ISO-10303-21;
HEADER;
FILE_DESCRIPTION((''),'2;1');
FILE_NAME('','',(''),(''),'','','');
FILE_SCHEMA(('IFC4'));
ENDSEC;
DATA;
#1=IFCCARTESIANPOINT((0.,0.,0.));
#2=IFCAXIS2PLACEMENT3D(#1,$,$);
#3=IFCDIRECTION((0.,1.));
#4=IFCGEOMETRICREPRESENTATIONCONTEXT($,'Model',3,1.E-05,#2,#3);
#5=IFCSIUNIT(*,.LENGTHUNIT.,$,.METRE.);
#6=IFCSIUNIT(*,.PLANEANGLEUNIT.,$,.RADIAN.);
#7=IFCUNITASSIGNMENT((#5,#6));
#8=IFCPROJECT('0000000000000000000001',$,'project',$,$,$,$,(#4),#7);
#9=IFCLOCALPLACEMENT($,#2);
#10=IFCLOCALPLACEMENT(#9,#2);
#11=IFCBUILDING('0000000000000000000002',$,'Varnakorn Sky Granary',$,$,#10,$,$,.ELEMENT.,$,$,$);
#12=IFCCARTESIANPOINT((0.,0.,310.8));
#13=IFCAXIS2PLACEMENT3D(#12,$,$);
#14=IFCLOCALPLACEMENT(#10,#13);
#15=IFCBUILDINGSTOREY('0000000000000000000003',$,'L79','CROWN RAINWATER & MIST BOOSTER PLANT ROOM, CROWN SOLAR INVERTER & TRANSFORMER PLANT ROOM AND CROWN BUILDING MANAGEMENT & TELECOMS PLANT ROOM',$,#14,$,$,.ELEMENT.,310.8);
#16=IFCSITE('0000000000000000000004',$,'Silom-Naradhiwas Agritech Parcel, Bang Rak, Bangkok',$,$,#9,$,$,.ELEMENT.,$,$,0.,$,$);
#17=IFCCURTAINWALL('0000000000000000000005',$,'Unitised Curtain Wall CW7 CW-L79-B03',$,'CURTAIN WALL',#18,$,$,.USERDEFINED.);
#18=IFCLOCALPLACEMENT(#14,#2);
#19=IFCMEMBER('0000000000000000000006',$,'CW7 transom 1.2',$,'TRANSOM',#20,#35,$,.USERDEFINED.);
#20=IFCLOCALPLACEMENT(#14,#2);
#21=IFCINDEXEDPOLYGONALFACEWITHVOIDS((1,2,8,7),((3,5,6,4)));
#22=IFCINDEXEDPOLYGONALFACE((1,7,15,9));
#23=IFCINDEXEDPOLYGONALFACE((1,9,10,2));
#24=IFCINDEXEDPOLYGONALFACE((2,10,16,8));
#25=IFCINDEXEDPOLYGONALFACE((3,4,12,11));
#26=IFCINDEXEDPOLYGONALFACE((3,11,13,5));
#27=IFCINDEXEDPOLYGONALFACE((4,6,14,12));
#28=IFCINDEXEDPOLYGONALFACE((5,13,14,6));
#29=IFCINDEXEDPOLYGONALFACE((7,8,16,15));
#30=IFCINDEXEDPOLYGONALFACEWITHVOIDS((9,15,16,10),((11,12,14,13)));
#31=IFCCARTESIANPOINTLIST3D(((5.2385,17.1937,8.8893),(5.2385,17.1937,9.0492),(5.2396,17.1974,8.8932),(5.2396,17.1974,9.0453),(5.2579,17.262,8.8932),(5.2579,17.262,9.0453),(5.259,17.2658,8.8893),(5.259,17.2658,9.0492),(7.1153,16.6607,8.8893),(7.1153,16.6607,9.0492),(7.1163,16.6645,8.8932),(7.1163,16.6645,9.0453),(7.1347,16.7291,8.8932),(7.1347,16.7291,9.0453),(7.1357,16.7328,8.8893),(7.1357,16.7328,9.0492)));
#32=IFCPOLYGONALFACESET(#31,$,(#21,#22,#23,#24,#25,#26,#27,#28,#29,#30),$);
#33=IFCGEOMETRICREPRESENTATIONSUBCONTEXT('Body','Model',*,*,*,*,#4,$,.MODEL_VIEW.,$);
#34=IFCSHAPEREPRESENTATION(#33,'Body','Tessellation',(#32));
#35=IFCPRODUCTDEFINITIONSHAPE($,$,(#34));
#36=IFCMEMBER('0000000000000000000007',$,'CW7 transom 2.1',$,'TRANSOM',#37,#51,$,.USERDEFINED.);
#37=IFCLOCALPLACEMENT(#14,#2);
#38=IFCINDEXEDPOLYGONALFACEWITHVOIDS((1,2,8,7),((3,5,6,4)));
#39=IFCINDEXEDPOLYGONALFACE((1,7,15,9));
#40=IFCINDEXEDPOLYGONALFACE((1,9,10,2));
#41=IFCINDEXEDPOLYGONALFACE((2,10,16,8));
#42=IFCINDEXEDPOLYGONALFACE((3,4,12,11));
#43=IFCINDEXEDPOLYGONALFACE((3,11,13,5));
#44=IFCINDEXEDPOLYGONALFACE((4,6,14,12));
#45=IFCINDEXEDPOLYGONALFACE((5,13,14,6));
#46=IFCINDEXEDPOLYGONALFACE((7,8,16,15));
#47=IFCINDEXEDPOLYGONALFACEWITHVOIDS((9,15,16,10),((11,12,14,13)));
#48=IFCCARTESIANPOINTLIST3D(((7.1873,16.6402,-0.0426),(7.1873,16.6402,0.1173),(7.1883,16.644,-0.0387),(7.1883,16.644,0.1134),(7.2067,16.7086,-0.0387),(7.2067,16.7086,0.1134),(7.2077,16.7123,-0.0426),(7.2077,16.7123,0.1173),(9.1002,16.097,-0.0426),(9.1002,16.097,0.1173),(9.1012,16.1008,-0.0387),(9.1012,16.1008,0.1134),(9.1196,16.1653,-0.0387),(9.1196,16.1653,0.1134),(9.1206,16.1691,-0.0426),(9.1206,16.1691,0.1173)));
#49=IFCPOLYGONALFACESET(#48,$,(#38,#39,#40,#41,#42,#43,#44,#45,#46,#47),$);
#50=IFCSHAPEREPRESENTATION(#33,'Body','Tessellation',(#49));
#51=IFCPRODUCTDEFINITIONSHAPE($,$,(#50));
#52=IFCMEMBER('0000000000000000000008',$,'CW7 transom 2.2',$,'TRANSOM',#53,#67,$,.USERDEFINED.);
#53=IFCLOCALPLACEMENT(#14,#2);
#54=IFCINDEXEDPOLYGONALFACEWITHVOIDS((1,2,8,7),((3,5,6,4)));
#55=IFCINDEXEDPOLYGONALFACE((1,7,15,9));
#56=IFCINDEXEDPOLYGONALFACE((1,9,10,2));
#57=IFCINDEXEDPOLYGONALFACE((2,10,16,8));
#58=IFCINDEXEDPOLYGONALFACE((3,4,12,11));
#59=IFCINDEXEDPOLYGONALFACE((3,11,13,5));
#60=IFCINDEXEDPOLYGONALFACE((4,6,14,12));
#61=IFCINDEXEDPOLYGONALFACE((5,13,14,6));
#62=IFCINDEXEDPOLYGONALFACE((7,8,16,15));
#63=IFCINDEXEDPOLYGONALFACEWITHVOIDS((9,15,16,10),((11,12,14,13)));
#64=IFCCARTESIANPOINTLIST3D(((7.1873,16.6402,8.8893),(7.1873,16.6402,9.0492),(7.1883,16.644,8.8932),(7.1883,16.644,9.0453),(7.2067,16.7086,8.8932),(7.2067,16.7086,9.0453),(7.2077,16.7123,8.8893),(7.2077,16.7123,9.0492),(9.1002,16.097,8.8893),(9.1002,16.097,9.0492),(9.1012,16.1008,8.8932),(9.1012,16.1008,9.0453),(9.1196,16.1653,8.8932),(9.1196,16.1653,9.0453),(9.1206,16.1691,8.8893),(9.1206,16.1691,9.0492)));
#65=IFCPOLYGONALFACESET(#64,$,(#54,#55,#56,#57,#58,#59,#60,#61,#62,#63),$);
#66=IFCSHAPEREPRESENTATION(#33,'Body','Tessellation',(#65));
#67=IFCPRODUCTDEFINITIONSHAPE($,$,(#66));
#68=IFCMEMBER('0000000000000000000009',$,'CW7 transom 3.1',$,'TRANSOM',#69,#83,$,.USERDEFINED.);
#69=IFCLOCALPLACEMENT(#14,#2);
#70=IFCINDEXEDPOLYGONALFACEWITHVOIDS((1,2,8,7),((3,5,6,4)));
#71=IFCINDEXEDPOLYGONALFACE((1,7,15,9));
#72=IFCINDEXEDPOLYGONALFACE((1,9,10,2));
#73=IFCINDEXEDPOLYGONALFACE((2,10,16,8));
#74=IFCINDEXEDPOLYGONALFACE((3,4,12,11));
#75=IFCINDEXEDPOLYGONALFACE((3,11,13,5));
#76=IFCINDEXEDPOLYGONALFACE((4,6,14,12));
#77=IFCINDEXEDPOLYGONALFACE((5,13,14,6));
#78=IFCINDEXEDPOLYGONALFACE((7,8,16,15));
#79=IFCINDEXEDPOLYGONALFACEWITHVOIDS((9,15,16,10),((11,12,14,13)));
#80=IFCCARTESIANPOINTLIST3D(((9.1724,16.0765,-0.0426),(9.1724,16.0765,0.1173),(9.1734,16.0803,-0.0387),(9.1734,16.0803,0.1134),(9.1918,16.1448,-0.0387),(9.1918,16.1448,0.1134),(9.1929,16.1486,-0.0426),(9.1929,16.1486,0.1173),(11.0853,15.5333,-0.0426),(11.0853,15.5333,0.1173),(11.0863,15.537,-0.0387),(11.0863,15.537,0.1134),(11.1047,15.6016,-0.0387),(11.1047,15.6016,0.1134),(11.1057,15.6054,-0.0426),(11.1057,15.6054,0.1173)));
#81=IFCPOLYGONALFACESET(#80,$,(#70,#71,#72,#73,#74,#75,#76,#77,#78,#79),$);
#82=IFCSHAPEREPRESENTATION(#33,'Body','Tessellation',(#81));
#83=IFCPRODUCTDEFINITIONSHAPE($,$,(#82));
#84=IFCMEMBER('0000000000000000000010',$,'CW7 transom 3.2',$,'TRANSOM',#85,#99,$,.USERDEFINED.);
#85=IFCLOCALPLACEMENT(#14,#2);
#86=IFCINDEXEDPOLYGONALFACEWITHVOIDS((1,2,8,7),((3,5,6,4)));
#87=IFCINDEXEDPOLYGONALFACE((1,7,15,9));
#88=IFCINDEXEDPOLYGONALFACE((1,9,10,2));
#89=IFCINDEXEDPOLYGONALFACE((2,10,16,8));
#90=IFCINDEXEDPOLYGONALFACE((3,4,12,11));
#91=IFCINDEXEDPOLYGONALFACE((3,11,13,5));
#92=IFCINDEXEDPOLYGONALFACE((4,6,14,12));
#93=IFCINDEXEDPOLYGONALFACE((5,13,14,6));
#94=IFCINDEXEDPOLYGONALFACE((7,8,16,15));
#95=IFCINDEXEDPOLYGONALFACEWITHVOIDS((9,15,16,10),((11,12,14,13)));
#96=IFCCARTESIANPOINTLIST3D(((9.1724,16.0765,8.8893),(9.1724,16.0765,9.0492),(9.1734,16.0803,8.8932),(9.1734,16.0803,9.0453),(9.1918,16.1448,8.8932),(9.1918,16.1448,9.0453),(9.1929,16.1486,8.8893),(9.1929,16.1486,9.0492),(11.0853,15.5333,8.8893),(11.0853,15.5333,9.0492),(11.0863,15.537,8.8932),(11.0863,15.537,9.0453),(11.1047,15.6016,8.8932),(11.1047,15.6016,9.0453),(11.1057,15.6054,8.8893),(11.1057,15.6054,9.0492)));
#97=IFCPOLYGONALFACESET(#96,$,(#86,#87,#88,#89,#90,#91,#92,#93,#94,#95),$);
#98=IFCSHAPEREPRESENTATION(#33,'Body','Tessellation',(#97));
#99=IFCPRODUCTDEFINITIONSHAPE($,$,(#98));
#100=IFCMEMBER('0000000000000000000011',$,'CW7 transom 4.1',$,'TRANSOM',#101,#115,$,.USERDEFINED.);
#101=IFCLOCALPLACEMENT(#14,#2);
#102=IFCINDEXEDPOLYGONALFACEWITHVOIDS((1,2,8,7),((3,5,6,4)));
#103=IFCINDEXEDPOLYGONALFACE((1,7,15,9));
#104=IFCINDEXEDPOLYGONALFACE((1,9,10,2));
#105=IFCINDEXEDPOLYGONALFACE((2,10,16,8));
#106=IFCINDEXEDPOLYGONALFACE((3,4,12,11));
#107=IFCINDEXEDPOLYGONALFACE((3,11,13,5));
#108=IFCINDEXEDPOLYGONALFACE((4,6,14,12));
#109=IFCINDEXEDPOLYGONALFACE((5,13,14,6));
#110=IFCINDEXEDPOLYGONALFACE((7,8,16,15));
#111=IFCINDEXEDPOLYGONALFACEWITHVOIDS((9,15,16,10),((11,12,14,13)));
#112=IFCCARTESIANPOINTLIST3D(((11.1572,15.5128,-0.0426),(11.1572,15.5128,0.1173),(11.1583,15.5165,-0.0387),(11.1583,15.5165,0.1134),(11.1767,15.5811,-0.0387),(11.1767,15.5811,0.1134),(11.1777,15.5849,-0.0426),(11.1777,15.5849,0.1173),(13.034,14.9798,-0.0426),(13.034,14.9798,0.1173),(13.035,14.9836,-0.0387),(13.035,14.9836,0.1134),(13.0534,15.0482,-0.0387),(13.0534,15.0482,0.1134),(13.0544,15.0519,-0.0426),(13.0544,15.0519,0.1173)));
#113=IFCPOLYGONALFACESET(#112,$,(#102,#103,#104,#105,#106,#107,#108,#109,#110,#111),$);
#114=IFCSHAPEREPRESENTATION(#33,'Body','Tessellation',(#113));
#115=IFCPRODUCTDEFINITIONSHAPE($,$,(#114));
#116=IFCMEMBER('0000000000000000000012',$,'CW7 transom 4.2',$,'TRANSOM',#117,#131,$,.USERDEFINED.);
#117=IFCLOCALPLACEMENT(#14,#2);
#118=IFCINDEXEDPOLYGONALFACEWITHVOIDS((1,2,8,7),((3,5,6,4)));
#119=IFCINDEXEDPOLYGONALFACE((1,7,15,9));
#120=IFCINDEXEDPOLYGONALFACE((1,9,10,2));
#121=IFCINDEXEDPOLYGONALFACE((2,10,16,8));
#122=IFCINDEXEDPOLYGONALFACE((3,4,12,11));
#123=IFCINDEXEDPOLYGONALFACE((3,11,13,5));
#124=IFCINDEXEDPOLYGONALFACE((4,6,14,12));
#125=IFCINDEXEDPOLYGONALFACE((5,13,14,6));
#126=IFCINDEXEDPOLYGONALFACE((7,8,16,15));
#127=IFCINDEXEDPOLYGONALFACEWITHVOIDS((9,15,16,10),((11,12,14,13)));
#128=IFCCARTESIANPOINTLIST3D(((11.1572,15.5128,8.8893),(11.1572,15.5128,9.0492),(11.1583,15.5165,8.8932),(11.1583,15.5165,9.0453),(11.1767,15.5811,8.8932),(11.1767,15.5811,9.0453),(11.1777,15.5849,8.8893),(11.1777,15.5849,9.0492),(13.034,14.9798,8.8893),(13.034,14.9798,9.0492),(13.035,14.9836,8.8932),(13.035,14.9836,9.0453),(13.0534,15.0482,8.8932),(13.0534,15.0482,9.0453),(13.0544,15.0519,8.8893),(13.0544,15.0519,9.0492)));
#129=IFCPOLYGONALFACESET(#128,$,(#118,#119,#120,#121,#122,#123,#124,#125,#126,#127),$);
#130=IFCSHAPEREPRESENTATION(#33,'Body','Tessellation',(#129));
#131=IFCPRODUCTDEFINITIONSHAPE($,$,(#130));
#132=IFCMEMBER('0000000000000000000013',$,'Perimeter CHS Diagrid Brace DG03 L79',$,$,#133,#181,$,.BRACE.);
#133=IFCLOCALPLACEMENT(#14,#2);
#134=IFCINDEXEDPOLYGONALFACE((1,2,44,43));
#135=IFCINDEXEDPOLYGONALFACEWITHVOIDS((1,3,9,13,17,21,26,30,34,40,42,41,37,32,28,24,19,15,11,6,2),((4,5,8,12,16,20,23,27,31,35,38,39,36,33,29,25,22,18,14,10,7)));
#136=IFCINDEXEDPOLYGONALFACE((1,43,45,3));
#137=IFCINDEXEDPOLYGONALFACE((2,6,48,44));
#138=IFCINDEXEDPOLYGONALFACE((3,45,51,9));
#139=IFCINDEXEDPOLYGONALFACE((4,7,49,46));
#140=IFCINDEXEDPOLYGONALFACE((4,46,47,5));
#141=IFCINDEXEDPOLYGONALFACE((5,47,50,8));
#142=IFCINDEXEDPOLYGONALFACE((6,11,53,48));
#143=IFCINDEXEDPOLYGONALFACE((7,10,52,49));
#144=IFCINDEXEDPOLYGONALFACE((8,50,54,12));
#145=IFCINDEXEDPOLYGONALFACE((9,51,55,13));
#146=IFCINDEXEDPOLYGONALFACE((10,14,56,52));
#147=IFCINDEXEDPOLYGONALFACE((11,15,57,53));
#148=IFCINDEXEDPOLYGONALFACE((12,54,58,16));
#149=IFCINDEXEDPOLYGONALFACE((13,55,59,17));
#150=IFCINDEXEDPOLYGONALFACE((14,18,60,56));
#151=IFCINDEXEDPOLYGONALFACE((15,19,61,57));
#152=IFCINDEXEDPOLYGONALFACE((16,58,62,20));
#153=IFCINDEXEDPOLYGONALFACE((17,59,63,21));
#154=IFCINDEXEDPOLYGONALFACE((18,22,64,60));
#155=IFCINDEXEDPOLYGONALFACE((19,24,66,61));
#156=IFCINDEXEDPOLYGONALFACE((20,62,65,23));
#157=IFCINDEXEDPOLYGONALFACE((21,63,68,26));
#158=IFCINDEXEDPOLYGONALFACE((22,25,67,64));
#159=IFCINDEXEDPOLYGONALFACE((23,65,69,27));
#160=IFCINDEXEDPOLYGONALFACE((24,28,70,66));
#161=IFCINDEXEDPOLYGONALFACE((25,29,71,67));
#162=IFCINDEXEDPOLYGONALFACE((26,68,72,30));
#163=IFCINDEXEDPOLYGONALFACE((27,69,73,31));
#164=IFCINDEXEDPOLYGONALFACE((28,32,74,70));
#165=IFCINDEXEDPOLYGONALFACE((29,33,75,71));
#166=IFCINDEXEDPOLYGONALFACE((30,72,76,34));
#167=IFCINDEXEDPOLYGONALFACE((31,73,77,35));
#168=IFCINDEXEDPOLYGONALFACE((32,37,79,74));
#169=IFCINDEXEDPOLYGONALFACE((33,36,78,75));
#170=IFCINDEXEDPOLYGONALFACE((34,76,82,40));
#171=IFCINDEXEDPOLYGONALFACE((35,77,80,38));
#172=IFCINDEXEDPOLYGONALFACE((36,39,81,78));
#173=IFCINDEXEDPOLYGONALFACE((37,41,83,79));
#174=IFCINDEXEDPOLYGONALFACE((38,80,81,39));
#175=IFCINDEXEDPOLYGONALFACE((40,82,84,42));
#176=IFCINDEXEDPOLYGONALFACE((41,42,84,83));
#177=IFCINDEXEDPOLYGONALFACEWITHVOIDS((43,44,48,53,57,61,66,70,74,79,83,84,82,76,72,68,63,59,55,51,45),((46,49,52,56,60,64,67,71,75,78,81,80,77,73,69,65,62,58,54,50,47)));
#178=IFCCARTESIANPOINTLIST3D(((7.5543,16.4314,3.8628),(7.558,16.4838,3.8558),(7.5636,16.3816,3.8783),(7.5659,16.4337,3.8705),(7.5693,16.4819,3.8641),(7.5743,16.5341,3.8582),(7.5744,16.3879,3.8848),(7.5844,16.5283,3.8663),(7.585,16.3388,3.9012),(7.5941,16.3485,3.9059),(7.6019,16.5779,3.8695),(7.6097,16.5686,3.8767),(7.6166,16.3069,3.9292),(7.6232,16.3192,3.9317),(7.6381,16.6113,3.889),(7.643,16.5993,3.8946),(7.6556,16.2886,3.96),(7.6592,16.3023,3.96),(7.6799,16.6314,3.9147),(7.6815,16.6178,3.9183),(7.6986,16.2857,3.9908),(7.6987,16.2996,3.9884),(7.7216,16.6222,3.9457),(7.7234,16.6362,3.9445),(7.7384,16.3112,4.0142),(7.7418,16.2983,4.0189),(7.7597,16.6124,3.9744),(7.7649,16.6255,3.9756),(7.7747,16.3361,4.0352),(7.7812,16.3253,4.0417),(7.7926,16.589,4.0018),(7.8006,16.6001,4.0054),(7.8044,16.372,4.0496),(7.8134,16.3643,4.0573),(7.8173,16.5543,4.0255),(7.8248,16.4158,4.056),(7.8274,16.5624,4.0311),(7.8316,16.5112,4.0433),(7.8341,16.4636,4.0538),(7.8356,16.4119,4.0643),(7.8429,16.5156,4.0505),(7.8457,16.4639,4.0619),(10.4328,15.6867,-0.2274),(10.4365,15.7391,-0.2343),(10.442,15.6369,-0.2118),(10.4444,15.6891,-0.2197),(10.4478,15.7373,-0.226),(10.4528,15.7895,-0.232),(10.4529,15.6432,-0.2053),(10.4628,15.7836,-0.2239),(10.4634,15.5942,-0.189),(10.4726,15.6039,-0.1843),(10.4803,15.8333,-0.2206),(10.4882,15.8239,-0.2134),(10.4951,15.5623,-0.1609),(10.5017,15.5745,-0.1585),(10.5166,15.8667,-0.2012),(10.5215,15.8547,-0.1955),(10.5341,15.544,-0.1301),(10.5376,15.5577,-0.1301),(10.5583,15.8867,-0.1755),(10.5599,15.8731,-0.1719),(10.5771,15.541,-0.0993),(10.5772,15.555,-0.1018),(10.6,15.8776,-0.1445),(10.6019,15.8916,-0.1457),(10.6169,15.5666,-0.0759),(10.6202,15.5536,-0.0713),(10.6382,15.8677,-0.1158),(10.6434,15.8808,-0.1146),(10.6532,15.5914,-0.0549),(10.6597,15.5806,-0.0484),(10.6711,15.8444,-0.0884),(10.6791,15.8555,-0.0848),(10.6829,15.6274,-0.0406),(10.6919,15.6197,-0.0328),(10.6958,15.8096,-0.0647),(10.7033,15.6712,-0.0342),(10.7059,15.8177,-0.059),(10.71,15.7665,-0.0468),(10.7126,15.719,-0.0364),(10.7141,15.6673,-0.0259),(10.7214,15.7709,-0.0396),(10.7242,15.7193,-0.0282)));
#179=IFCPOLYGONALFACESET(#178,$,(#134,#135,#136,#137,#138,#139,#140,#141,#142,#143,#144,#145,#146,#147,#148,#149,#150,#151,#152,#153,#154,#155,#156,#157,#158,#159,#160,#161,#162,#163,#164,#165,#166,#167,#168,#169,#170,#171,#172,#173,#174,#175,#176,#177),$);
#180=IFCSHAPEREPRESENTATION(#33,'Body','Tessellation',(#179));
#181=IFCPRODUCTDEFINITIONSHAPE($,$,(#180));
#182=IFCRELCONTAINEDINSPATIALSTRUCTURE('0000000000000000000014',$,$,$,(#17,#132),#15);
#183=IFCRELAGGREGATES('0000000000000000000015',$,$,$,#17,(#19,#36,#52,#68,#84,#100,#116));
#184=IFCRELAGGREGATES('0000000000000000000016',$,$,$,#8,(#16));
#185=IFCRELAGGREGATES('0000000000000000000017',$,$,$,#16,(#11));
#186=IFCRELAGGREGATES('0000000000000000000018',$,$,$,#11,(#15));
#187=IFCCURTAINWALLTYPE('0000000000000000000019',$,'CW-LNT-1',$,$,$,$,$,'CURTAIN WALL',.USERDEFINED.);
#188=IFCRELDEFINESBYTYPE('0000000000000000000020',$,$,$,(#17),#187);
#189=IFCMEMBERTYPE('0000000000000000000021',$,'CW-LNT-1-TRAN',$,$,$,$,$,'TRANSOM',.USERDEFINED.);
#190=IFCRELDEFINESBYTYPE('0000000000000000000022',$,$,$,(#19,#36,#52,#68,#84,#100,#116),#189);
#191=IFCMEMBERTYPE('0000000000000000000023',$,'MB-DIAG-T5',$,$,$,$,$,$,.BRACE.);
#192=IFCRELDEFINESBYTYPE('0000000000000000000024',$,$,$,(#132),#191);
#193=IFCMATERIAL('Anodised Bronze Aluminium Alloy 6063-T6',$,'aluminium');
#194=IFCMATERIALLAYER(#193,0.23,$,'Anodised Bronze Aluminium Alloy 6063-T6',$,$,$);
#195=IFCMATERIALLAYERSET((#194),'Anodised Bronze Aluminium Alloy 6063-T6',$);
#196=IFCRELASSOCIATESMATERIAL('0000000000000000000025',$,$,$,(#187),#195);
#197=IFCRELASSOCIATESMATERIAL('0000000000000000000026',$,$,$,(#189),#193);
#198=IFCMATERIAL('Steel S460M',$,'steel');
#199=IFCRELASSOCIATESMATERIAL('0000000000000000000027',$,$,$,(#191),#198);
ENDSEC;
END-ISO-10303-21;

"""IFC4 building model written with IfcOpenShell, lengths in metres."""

from ifc_helpers import new_model, si_unit, direction, frame, origin, origin_2d, place, context, subcontext, project, spatial, hollow_rectangle, hollow_circle, extrude, material, layer, layer_set, material_profile, profile_set, type_object, element, aggregate, save


model = new_model("IFC4")

# Units and contexts
model_context = context("Model", 3, precision=1e-05, world=origin(), true_north=direction((0.0, 1.0)))
body_context = subcontext(model_context, "Body", "Model", "MODEL_VIEW")
ifc_project = project(units=[si_unit("LENGTHUNIT", "METRE"), si_unit("PLANEANGLEUNIT", "RADIAN")], contexts=[model_context])

# Site, building, storey
site_placement = place(None, origin())
site = spatial("IfcSite", under=ifc_project, at=site_placement, Name="Silom-Naradhiwas Agritech Parcel, Bang Rak, Bangkok", CompositionType="ELEMENT", RefElevation=0.0)
building_placement = place(site_placement, origin())
building = spatial("IfcBuilding", under=site, at=building_placement, Name="Varnakorn Sky Granary", CompositionType="ELEMENT")
storey_placement = place(building_placement, frame((0.0, 0.0, 310.8)))
storey = spatial("IfcBuildingStorey", under=building, at=storey_placement, Name="L79", Description="CROWN RAINWATER & MIST BOOSTER PLANT ROOM, CROWN SOLAR INVERTER & TRANSFORMER PLANT ROOM AND CROWN BUILDING MANAGEMENT & TELECOMS PLANT ROOM", CompositionType="ELEMENT", Elevation=310.8)

# Curtain wall, members
ifc_material_1 = material(Name="Anodised Bronze Aluminium Alloy 6063-T6", Category="aluminium")
ifc_layer_1 = layer(ifc_material_1, 0.23, Name="Anodised Bronze Aluminium Alloy 6063-T6")
ifc_layer_set_1 = layer_set([ifc_layer_1], Name="Anodised Bronze Aluminium Alloy 6063-T6")
curtain_wall_type = type_object("IfcCurtainWallType", Name="CW-LNT-1", ElementType="CURTAIN WALL", PredefinedType="USERDEFINED", material=ifc_layer_set_1)
curtain_wall_placement = place(storey_placement, origin())
curtain_wall = element("IfcCurtainWall", 1, at=curtain_wall_placement, inside=storey, type_object=curtain_wall_type, Name="Unitised Curtain Wall CW7 CW-L79-B03", ObjectType="CURTAIN WALL", PredefinedType="USERDEFINED")
ifc_material_profile_1 = material_profile(ifc_material_1, hollow_rectangle(XDim=0.075, YDim=0.1599, WallThickness=0.0039, at=origin_2d()), Name="ALU TRAN 75x160")
ifc_profile_set_1 = profile_set([ifc_material_profile_1], Name="Anodised Bronze Aluminium Alloy 6063-T6")
member_type_1 = type_object("IfcMemberType", Name="CW-LNT-1-TRAN", ElementType="TRANSOM", PredefinedType="USERDEFINED", material=ifc_profile_set_1)
member_1_placement = place(storey_placement, frame((5.2488, 17.2297, 8.9692), z_axis=(0.961962, -0.273184, 0.0), x_axis=(0.273184, 0.961962, 0.0)))
member_1 = element("IfcMember", 2, at=member_1_placement, type_object=member_type_1, Name="CW7 transom 1.2", ObjectType="TRANSOM", PredefinedType="USERDEFINED", context=body_context, shape_type="SweptSolid", body=[
    extrude(hollow_rectangle(XDim=0.075, YDim=0.1599, WallThickness=0.0039, at=origin_2d()), origin(), (0.0, 0.0, 1.0), 1.9509),
])
member_2_placement = place(storey_placement, frame((7.1975, 16.6763, 0.0374), z_axis=(0.961963, -0.27318, 0.0), x_axis=(0.27318, 0.961963, 0.0)))
member_2 = element("IfcMember", 3, at=member_2_placement, type_object=member_type_1, Name="CW7 transom 2.1", ObjectType="TRANSOM", PredefinedType="USERDEFINED", context=body_context, shape_type="SweptSolid", body=[
    extrude(hollow_rectangle(XDim=0.075, YDim=0.1599, WallThickness=0.0039, at=origin_2d()), origin(), (0.0, 0.0, 1.0), 1.9885),
])
member_3_placement = place(storey_placement, frame((7.1975, 16.6763, 8.9692), z_axis=(0.961963, -0.27318, 0.0), x_axis=(0.27318, 0.961963, 0.0)))
member_3 = element("IfcMember", 4, at=member_3_placement, type_object=member_type_1, Name="CW7 transom 2.2", ObjectType="TRANSOM", PredefinedType="USERDEFINED", context=body_context, shape_type="SweptSolid", body=[
    extrude(hollow_rectangle(XDim=0.075, YDim=0.1599, WallThickness=0.0039, at=origin_2d()), origin(), (0.0, 0.0, 1.0), 1.9885),
])
member_4_placement = place(storey_placement, frame((9.1826, 16.1125, 0.0374), z_axis=(0.961963, -0.27318, 0.0), x_axis=(0.27318, 0.961963, 0.0)))
member_4 = element("IfcMember", 5, at=member_4_placement, type_object=member_type_1, Name="CW7 transom 3.1", ObjectType="TRANSOM", PredefinedType="USERDEFINED", context=body_context, shape_type="SweptSolid", body=[
    extrude(hollow_rectangle(XDim=0.075, YDim=0.1599, WallThickness=0.0039, at=origin_2d()), origin(), (0.0, 0.0, 1.0), 1.9885),
])
member_5_placement = place(storey_placement, frame((9.1826, 16.1125, 8.9692), z_axis=(0.961963, -0.27318, 0.0), x_axis=(0.27318, 0.961963, 0.0)))
member_5 = element("IfcMember", 6, at=member_5_placement, type_object=member_type_1, Name="CW7 transom 3.2", ObjectType="TRANSOM", PredefinedType="USERDEFINED", context=body_context, shape_type="SweptSolid", body=[
    extrude(hollow_rectangle(XDim=0.075, YDim=0.1599, WallThickness=0.0039, at=origin_2d()), origin(), (0.0, 0.0, 1.0), 1.9885),
])
member_6_placement = place(storey_placement, frame((11.1675, 15.5488, 0.0374), z_axis=(0.961962, -0.273184, 0.0), x_axis=(0.273184, 0.961962, 0.0)))
member_6 = element("IfcMember", 7, at=member_6_placement, type_object=member_type_1, Name="CW7 transom 4.1", ObjectType="TRANSOM", PredefinedType="USERDEFINED", context=body_context, shape_type="SweptSolid", body=[
    extrude(hollow_rectangle(XDim=0.075, YDim=0.1599, WallThickness=0.0039, at=origin_2d()), origin(), (0.0, 0.0, 1.0), 1.9509),
])
member_7_placement = place(storey_placement, frame((11.1675, 15.5488, 8.9692), z_axis=(0.961962, -0.273184, 0.0), x_axis=(0.273184, 0.961962, 0.0)))
member_7 = element("IfcMember", 8, at=member_7_placement, type_object=member_type_1, Name="CW7 transom 4.2", ObjectType="TRANSOM", PredefinedType="USERDEFINED", context=body_context, shape_type="SweptSolid", body=[
    extrude(hollow_rectangle(XDim=0.075, YDim=0.1599, WallThickness=0.0039, at=origin_2d()), origin(), (0.0, 0.0, 1.0), 1.9509),
])

# Member
ifc_material_2 = material(Name="Steel S460M", Category="steel")
ifc_material_profile_2 = material_profile(ifc_material_2, hollow_circle(Radius=0.1777, WallThickness=0.0142, at=origin_2d()), Name="CHS 355.6x14")
ifc_profile_set_2 = profile_set([ifc_material_profile_2], Name="Steel S460M")
member_type_2 = type_object("IfcMemberType", Name="MB-DIAG-T5", PredefinedType="BRACE", material=ifc_profile_set_2)
member_8_placement = place(storey_placement, frame((10.5786, 15.7161, -0.1301), z_axis=(-0.569247, 0.147261, 0.808871), x_axis=(-0.250449, -0.96813, 0.0)))
element("IfcMember", 9, at=member_8_placement, inside=storey, type_object=member_type_2, Name="Perimeter CHS Diagrid Brace DG03 L79", PredefinedType="BRACE", context=body_context, shape_type="SweptSolid", body=[
    extrude(hollow_circle(Radius=0.1777, WallThickness=0.0142, at=origin_2d()), origin(), (0.0, 0.0, 1.0), 5.0566),
])

aggregate(curtain_wall, [member_1, member_2, member_3, member_4, member_5, member_6, member_7])

save(model, "model.ifc")
